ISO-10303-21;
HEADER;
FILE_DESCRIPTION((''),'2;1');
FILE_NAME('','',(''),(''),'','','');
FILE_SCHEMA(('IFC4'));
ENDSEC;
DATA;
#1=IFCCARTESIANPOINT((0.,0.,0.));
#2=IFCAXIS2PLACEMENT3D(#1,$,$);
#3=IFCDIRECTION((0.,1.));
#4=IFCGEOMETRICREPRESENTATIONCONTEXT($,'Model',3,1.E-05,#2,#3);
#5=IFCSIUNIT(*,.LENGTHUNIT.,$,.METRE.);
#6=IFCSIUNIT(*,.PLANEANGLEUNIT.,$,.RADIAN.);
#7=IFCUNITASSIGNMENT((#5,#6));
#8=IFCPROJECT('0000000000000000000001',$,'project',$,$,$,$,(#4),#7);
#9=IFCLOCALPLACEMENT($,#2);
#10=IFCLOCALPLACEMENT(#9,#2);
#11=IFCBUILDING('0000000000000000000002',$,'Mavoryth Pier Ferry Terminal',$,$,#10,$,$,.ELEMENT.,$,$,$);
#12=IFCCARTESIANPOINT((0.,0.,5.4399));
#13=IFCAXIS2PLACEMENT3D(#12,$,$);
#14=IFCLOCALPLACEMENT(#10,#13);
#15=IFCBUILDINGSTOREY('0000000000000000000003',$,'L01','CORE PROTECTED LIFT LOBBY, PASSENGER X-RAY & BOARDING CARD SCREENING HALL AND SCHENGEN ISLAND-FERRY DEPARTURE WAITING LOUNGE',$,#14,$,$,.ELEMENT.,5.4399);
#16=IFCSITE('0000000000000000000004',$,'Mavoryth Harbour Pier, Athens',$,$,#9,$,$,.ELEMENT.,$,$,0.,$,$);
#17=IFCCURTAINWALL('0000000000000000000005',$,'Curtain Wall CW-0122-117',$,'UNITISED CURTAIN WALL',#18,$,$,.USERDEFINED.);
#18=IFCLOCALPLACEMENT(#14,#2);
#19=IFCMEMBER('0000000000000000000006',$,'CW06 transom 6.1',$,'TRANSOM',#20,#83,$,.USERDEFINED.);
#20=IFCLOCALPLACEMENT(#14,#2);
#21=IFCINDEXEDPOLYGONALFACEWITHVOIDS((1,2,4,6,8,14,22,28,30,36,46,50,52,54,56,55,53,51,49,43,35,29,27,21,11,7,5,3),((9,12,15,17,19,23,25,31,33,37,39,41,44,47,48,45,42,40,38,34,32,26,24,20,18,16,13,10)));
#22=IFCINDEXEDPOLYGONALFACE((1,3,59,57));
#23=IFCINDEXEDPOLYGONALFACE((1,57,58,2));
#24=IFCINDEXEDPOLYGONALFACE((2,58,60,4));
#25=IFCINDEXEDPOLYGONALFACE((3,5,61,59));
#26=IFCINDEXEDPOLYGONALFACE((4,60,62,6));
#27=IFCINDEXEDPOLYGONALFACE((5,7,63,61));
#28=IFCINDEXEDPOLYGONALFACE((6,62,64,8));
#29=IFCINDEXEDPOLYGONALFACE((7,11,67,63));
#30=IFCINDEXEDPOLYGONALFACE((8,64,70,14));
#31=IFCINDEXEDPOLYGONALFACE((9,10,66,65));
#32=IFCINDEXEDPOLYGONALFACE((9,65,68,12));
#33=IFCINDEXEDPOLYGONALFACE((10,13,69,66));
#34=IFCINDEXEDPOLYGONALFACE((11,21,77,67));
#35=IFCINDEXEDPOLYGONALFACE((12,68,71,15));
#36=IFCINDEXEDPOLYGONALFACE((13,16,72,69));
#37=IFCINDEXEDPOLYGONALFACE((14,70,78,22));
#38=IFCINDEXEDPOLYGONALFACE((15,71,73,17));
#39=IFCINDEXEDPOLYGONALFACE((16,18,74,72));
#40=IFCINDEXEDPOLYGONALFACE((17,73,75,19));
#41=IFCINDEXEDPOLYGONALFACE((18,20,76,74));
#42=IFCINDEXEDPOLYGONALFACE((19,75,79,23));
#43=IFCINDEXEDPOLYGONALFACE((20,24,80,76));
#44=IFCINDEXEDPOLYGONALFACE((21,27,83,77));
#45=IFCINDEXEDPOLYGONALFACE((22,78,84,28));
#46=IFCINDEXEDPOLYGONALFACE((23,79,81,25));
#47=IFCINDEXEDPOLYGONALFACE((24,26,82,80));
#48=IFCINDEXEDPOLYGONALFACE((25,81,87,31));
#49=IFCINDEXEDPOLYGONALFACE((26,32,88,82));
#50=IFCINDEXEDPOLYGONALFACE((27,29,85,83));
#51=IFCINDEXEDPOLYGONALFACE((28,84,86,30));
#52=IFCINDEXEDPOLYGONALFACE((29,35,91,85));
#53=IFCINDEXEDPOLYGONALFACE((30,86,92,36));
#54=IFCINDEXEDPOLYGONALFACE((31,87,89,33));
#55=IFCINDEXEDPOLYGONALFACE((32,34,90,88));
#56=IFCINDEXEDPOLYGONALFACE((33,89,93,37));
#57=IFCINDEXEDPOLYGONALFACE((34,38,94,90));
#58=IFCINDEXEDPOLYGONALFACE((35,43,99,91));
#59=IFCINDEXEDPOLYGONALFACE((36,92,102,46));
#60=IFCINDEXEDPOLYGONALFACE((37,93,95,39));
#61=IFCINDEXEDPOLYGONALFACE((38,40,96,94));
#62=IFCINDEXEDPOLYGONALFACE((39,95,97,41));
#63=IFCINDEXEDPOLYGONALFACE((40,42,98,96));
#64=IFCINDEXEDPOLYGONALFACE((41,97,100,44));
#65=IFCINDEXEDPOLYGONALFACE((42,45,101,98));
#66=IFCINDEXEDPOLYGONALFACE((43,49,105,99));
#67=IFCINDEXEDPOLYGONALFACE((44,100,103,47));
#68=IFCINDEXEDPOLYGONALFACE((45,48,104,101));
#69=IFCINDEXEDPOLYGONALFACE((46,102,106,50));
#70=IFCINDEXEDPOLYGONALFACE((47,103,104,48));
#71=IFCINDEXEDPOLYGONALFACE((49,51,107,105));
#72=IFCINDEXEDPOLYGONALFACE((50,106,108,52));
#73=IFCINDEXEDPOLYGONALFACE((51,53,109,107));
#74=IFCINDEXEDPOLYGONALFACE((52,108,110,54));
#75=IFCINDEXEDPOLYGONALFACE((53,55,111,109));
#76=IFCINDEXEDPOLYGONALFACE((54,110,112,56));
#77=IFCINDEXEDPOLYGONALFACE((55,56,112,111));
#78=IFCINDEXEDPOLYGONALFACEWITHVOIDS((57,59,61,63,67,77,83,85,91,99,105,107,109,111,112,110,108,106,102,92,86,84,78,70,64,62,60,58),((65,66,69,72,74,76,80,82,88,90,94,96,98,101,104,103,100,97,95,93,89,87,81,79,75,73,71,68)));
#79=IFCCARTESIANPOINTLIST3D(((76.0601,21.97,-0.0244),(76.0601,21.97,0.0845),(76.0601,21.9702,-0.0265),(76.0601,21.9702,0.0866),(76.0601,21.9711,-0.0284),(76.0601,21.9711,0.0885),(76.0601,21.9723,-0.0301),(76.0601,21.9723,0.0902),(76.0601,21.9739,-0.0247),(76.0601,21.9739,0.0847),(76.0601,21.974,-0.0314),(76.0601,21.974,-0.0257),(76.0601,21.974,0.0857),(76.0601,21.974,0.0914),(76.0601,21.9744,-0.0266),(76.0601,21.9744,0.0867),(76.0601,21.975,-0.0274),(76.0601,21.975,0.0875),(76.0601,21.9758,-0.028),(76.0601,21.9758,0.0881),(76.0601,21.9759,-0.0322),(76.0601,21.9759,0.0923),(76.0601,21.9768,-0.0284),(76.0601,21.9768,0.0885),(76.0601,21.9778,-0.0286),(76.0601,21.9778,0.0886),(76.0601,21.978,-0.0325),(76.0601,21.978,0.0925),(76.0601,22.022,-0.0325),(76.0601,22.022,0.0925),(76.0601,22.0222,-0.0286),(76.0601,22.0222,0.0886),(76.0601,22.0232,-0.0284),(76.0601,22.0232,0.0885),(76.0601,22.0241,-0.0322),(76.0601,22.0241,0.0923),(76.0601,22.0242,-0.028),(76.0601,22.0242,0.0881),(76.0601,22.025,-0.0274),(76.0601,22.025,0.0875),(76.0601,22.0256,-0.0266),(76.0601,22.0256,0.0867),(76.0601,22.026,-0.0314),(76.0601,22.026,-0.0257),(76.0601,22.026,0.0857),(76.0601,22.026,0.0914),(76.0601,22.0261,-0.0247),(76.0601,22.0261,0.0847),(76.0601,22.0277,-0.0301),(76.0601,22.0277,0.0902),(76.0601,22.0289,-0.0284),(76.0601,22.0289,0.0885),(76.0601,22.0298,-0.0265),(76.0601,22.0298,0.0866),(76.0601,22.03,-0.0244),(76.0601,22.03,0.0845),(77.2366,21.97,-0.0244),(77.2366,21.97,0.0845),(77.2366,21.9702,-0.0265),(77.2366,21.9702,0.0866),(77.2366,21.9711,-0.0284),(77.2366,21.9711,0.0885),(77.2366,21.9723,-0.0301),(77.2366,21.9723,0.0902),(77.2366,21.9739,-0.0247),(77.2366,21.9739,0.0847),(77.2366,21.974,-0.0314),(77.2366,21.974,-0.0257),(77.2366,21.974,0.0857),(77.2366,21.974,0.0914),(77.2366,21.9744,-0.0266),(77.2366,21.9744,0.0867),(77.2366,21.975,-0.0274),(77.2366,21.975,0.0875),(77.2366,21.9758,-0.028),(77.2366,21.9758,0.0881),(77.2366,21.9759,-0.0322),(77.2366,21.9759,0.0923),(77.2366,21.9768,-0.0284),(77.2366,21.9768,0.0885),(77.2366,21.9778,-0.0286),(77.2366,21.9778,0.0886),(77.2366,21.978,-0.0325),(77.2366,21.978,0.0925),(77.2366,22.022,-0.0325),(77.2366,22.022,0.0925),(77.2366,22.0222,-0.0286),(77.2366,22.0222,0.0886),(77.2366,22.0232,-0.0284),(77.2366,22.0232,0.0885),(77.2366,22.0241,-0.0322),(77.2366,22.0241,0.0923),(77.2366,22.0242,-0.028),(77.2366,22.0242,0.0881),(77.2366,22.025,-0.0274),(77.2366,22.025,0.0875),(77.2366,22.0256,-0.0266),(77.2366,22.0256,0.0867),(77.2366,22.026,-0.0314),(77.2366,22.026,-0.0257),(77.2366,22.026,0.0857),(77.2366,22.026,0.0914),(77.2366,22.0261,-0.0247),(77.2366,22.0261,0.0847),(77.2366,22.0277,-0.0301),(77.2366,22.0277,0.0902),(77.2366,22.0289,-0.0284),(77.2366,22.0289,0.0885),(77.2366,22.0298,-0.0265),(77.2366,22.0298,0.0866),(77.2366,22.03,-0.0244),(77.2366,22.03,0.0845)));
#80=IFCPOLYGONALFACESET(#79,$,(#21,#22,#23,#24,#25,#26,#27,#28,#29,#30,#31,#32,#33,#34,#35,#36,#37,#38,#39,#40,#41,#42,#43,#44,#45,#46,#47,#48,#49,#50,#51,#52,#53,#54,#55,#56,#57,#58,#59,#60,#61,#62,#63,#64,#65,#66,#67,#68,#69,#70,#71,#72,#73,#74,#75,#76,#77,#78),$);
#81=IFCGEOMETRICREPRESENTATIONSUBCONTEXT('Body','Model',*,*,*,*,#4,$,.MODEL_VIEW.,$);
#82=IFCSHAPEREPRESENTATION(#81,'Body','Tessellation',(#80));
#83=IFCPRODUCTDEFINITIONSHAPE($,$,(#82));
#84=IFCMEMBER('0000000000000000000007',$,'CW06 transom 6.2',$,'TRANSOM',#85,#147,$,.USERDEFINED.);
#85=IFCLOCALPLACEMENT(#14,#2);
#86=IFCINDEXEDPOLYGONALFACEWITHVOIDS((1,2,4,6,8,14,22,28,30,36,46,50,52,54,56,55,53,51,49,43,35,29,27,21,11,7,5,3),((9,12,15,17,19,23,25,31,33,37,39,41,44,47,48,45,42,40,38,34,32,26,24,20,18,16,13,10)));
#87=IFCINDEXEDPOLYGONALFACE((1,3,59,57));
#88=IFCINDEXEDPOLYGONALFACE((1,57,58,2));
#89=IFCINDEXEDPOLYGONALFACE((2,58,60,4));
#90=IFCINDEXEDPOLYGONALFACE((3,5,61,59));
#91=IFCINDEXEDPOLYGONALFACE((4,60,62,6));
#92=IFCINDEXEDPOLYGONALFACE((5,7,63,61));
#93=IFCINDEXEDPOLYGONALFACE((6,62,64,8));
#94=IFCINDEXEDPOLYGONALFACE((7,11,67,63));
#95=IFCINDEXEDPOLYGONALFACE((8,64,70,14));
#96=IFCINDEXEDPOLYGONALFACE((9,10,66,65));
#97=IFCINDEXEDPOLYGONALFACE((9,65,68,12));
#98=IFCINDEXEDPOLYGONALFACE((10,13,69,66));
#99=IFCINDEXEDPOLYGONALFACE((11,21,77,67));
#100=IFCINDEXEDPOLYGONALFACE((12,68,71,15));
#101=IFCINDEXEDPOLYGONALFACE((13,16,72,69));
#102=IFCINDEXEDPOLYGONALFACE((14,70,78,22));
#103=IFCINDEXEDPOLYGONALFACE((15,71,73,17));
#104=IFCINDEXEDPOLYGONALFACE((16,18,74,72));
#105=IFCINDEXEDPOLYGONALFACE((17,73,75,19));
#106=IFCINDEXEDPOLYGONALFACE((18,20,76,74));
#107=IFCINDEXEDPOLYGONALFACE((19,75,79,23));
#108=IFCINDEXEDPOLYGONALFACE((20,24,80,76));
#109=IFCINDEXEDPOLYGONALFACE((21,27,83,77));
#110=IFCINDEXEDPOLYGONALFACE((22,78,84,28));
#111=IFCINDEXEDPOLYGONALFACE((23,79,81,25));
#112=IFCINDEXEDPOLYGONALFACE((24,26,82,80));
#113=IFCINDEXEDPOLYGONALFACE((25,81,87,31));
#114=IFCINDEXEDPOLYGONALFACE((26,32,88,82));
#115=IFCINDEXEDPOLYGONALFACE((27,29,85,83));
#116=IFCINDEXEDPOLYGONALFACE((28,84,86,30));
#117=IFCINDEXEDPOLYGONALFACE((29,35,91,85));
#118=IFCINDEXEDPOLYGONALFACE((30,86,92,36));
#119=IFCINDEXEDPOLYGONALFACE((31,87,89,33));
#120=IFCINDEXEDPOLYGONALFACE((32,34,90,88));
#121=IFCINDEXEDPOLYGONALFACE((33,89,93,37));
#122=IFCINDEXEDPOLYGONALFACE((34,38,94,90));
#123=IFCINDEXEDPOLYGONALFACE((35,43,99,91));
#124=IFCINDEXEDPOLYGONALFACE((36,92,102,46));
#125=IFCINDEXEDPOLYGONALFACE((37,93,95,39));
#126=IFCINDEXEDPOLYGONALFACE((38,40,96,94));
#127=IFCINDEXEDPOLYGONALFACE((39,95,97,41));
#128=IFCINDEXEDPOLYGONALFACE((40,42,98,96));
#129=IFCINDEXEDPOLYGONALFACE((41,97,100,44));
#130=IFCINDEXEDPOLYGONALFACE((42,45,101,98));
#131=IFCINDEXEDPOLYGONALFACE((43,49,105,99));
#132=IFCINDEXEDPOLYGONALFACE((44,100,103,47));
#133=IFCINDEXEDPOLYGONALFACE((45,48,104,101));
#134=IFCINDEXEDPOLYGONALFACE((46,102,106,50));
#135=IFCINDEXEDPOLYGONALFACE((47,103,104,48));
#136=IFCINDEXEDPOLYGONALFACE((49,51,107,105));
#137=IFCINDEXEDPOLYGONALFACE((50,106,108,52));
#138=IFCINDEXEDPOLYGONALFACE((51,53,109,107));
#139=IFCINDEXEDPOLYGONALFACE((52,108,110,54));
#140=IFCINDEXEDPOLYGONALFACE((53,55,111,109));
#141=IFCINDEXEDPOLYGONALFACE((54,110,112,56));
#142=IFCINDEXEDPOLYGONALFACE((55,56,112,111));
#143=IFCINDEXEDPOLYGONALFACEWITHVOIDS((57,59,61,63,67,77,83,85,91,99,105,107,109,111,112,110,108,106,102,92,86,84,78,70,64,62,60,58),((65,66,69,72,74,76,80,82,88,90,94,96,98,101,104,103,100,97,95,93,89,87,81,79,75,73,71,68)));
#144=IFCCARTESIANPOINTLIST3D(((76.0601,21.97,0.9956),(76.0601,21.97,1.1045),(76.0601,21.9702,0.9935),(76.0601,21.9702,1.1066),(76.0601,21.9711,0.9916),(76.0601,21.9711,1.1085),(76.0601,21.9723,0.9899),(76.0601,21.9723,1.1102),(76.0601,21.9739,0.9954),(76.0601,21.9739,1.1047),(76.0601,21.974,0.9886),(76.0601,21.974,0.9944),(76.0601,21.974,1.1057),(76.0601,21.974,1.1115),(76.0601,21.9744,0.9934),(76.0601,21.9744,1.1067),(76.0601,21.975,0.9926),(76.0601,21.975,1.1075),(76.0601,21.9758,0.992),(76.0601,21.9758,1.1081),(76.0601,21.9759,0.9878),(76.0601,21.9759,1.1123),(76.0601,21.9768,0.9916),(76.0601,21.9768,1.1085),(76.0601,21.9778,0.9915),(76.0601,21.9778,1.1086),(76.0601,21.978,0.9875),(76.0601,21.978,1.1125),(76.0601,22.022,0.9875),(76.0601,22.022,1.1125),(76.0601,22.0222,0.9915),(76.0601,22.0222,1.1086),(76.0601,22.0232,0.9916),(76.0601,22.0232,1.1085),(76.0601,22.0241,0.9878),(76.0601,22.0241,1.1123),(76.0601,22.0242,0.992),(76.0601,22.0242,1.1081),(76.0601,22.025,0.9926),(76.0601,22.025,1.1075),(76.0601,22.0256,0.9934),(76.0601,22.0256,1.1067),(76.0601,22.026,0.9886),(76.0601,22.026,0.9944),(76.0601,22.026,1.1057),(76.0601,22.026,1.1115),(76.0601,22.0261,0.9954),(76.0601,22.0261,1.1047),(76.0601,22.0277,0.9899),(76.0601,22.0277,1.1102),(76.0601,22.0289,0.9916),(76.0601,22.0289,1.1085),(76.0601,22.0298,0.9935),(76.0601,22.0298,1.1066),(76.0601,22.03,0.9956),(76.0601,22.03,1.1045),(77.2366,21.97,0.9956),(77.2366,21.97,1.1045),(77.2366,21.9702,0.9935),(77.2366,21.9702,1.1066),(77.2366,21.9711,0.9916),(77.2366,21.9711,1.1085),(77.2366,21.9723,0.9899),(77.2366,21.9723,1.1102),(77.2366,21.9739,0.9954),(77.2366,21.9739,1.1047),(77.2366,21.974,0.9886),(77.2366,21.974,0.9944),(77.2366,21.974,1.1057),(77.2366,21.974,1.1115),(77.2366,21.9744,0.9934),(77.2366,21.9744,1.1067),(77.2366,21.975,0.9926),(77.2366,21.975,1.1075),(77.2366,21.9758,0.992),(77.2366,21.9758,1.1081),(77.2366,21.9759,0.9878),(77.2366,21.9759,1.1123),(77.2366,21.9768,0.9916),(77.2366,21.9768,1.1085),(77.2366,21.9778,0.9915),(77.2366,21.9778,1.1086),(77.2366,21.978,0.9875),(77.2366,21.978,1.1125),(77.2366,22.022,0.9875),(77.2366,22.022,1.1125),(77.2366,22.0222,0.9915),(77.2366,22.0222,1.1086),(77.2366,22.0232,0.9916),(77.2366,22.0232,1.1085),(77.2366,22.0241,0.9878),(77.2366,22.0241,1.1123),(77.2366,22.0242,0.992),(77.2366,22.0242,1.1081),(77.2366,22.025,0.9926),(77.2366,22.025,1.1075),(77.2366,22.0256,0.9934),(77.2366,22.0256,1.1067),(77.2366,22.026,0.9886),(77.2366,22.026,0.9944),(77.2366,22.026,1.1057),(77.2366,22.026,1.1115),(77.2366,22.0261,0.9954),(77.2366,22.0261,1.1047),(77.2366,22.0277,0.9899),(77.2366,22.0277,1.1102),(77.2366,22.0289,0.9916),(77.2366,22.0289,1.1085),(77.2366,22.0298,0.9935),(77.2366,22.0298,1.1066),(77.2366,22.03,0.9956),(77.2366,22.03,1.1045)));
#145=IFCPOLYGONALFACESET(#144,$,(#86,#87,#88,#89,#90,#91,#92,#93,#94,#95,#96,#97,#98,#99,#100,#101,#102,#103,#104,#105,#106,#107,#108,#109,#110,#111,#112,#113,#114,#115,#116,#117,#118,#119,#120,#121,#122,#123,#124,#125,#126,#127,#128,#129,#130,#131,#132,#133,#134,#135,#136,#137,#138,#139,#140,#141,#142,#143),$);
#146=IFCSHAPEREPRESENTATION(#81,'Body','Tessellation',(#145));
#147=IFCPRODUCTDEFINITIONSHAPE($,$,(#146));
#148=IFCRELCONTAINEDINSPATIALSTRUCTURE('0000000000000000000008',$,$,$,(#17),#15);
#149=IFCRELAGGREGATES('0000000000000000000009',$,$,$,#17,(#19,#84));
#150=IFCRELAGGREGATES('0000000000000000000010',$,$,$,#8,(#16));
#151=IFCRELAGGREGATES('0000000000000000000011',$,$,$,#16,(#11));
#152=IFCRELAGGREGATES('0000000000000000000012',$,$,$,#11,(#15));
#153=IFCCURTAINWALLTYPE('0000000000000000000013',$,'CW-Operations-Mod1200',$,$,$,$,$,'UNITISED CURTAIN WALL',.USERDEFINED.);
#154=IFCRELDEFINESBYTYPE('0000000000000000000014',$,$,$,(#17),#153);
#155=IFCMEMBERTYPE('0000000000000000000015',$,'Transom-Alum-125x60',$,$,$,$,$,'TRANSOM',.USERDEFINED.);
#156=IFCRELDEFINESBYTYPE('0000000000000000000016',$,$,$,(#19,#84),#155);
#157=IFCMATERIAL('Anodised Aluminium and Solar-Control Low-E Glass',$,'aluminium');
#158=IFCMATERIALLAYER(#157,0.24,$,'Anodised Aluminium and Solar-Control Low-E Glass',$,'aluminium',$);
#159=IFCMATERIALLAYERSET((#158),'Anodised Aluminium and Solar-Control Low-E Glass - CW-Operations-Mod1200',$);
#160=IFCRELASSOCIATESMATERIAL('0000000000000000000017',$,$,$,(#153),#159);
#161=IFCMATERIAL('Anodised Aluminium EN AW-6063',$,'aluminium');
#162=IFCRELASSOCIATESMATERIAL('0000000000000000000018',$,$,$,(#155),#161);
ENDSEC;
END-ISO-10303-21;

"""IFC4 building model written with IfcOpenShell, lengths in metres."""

from ifc_helpers import new_model, si_unit, direction, frame, origin, origin_2d, place, context, subcontext, project, spatial, hollow_rectangle, extrude, material, layer, layer_set, material_profile, profile_set, type_object, element, aggregate, save


model = new_model("IFC4")

# Units and contexts
model_context = context("Model", 3, precision=1e-05, world=origin(), true_north=direction((0.0, 1.0)))
body_context = subcontext(model_context, "Body", "Model", "MODEL_VIEW")
ifc_project = project(units=[si_unit("LENGTHUNIT", "METRE"), si_unit("PLANEANGLEUNIT", "RADIAN")], contexts=[model_context])

# Site, building, storey
site_placement = place(None, origin())
site = spatial("IfcSite", under=ifc_project, at=site_placement, Name="Mavoryth Harbour Pier, Athens", CompositionType="ELEMENT", RefElevation=0.0)
building_placement = place(site_placement, origin())
building = spatial("IfcBuilding", under=site, at=building_placement, Name="Mavoryth Pier Ferry Terminal", CompositionType="ELEMENT")
storey_placement = place(building_placement, frame((0.0, 0.0, 5.4399)))
storey = spatial("IfcBuildingStorey", under=building, at=storey_placement, Name="L01", Description="CORE PROTECTED LIFT LOBBY, PASSENGER X-RAY & BOARDING CARD SCREENING HALL AND SCHENGEN ISLAND-FERRY DEPARTURE WAITING LOUNGE", CompositionType="ELEMENT", Elevation=5.4399)

# Curtain wall
ifc_material_1 = material(Name="Anodised Aluminium and Solar-Control Low-E Glass", Category="aluminium")
ifc_layer_1 = layer(ifc_material_1, 0.24, Name="Anodised Aluminium and Solar-Control Low-E Glass", Category="aluminium")
ifc_layer_set_1 = layer_set([ifc_layer_1], Name="Anodised Aluminium and Solar-Control Low-E Glass - CW-Operations-Mod1200")
curtain_wall_type = type_object("IfcCurtainWallType", Name="CW-Operations-Mod1200", ElementType="UNITISED CURTAIN WALL", PredefinedType="USERDEFINED", material=ifc_layer_set_1)
ifc_material_2 = material(Name="Anodised Aluminium EN AW-6063", Category="aluminium")
curtain_wall_1_placement = place(storey_placement, origin())
curtain_wall_1 = element("IfcCurtainWall", 1, at=curtain_wall_1_placement, inside=storey, type_object=curtain_wall_type, Name="Curtain Wall CW-0122-117", ObjectType="UNITISED CURTAIN WALL", PredefinedType="USERDEFINED")

# Members
ifc_material_profile_1 = material_profile(ifc_material_2, hollow_rectangle(XDim=0.0601, YDim=0.125, WallThickness=0.0039, InnerFilletRadius=0.0039, OuterFilletRadius=0.0081, at=origin_2d()), Name="AL-TRAN 125x60x4", Category="aluminium")
ifc_profile_set_1 = profile_set([ifc_material_profile_1], Name="Anodised Aluminium EN AW-6063 - AL-TRAN 125x60x4")
member_type_1 = type_object("IfcMemberType", Name="Transom-Alum-125x60", ElementType="TRANSOM", PredefinedType="USERDEFINED", material=ifc_profile_set_1)
member_1_placement = place(storey_placement, frame((77.2366, 22.0, 0.03), z_axis=(-1.0, 0.0, 0.0), x_axis=(0.0, -1.0, 0.0)))
member_1 = element("IfcMember", 2, at=member_1_placement, type_object=member_type_1, Name="CW06 transom 6.1", ObjectType="TRANSOM", PredefinedType="USERDEFINED", context=body_context, shape_type="SweptSolid", body=[
    extrude(hollow_rectangle(XDim=0.0601, YDim=0.125, WallThickness=0.0039, InnerFilletRadius=0.0039, OuterFilletRadius=0.0081, at=origin_2d()), origin(), (0.0, 0.0, 1.0), 1.1765),
])
member_2_placement = place(storey_placement, frame((77.2366, 22.0, 1.05), z_axis=(-1.0, 0.0, 0.0), x_axis=(0.0, -1.0, 0.0)))
member_2 = element("IfcMember", 3, at=member_2_placement, type_object=member_type_1, Name="CW06 transom 6.2", ObjectType="TRANSOM", PredefinedType="USERDEFINED", context=body_context, shape_type="SweptSolid", body=[
    extrude(hollow_rectangle(XDim=0.0601, YDim=0.125, WallThickness=0.0039, InnerFilletRadius=0.0039, OuterFilletRadius=0.0081, at=origin_2d()), origin(), (0.0, 0.0, 1.0), 1.1765),
])

aggregate(curtain_wall_1, [member_1, member_2])

save(model, "model.ifc")
